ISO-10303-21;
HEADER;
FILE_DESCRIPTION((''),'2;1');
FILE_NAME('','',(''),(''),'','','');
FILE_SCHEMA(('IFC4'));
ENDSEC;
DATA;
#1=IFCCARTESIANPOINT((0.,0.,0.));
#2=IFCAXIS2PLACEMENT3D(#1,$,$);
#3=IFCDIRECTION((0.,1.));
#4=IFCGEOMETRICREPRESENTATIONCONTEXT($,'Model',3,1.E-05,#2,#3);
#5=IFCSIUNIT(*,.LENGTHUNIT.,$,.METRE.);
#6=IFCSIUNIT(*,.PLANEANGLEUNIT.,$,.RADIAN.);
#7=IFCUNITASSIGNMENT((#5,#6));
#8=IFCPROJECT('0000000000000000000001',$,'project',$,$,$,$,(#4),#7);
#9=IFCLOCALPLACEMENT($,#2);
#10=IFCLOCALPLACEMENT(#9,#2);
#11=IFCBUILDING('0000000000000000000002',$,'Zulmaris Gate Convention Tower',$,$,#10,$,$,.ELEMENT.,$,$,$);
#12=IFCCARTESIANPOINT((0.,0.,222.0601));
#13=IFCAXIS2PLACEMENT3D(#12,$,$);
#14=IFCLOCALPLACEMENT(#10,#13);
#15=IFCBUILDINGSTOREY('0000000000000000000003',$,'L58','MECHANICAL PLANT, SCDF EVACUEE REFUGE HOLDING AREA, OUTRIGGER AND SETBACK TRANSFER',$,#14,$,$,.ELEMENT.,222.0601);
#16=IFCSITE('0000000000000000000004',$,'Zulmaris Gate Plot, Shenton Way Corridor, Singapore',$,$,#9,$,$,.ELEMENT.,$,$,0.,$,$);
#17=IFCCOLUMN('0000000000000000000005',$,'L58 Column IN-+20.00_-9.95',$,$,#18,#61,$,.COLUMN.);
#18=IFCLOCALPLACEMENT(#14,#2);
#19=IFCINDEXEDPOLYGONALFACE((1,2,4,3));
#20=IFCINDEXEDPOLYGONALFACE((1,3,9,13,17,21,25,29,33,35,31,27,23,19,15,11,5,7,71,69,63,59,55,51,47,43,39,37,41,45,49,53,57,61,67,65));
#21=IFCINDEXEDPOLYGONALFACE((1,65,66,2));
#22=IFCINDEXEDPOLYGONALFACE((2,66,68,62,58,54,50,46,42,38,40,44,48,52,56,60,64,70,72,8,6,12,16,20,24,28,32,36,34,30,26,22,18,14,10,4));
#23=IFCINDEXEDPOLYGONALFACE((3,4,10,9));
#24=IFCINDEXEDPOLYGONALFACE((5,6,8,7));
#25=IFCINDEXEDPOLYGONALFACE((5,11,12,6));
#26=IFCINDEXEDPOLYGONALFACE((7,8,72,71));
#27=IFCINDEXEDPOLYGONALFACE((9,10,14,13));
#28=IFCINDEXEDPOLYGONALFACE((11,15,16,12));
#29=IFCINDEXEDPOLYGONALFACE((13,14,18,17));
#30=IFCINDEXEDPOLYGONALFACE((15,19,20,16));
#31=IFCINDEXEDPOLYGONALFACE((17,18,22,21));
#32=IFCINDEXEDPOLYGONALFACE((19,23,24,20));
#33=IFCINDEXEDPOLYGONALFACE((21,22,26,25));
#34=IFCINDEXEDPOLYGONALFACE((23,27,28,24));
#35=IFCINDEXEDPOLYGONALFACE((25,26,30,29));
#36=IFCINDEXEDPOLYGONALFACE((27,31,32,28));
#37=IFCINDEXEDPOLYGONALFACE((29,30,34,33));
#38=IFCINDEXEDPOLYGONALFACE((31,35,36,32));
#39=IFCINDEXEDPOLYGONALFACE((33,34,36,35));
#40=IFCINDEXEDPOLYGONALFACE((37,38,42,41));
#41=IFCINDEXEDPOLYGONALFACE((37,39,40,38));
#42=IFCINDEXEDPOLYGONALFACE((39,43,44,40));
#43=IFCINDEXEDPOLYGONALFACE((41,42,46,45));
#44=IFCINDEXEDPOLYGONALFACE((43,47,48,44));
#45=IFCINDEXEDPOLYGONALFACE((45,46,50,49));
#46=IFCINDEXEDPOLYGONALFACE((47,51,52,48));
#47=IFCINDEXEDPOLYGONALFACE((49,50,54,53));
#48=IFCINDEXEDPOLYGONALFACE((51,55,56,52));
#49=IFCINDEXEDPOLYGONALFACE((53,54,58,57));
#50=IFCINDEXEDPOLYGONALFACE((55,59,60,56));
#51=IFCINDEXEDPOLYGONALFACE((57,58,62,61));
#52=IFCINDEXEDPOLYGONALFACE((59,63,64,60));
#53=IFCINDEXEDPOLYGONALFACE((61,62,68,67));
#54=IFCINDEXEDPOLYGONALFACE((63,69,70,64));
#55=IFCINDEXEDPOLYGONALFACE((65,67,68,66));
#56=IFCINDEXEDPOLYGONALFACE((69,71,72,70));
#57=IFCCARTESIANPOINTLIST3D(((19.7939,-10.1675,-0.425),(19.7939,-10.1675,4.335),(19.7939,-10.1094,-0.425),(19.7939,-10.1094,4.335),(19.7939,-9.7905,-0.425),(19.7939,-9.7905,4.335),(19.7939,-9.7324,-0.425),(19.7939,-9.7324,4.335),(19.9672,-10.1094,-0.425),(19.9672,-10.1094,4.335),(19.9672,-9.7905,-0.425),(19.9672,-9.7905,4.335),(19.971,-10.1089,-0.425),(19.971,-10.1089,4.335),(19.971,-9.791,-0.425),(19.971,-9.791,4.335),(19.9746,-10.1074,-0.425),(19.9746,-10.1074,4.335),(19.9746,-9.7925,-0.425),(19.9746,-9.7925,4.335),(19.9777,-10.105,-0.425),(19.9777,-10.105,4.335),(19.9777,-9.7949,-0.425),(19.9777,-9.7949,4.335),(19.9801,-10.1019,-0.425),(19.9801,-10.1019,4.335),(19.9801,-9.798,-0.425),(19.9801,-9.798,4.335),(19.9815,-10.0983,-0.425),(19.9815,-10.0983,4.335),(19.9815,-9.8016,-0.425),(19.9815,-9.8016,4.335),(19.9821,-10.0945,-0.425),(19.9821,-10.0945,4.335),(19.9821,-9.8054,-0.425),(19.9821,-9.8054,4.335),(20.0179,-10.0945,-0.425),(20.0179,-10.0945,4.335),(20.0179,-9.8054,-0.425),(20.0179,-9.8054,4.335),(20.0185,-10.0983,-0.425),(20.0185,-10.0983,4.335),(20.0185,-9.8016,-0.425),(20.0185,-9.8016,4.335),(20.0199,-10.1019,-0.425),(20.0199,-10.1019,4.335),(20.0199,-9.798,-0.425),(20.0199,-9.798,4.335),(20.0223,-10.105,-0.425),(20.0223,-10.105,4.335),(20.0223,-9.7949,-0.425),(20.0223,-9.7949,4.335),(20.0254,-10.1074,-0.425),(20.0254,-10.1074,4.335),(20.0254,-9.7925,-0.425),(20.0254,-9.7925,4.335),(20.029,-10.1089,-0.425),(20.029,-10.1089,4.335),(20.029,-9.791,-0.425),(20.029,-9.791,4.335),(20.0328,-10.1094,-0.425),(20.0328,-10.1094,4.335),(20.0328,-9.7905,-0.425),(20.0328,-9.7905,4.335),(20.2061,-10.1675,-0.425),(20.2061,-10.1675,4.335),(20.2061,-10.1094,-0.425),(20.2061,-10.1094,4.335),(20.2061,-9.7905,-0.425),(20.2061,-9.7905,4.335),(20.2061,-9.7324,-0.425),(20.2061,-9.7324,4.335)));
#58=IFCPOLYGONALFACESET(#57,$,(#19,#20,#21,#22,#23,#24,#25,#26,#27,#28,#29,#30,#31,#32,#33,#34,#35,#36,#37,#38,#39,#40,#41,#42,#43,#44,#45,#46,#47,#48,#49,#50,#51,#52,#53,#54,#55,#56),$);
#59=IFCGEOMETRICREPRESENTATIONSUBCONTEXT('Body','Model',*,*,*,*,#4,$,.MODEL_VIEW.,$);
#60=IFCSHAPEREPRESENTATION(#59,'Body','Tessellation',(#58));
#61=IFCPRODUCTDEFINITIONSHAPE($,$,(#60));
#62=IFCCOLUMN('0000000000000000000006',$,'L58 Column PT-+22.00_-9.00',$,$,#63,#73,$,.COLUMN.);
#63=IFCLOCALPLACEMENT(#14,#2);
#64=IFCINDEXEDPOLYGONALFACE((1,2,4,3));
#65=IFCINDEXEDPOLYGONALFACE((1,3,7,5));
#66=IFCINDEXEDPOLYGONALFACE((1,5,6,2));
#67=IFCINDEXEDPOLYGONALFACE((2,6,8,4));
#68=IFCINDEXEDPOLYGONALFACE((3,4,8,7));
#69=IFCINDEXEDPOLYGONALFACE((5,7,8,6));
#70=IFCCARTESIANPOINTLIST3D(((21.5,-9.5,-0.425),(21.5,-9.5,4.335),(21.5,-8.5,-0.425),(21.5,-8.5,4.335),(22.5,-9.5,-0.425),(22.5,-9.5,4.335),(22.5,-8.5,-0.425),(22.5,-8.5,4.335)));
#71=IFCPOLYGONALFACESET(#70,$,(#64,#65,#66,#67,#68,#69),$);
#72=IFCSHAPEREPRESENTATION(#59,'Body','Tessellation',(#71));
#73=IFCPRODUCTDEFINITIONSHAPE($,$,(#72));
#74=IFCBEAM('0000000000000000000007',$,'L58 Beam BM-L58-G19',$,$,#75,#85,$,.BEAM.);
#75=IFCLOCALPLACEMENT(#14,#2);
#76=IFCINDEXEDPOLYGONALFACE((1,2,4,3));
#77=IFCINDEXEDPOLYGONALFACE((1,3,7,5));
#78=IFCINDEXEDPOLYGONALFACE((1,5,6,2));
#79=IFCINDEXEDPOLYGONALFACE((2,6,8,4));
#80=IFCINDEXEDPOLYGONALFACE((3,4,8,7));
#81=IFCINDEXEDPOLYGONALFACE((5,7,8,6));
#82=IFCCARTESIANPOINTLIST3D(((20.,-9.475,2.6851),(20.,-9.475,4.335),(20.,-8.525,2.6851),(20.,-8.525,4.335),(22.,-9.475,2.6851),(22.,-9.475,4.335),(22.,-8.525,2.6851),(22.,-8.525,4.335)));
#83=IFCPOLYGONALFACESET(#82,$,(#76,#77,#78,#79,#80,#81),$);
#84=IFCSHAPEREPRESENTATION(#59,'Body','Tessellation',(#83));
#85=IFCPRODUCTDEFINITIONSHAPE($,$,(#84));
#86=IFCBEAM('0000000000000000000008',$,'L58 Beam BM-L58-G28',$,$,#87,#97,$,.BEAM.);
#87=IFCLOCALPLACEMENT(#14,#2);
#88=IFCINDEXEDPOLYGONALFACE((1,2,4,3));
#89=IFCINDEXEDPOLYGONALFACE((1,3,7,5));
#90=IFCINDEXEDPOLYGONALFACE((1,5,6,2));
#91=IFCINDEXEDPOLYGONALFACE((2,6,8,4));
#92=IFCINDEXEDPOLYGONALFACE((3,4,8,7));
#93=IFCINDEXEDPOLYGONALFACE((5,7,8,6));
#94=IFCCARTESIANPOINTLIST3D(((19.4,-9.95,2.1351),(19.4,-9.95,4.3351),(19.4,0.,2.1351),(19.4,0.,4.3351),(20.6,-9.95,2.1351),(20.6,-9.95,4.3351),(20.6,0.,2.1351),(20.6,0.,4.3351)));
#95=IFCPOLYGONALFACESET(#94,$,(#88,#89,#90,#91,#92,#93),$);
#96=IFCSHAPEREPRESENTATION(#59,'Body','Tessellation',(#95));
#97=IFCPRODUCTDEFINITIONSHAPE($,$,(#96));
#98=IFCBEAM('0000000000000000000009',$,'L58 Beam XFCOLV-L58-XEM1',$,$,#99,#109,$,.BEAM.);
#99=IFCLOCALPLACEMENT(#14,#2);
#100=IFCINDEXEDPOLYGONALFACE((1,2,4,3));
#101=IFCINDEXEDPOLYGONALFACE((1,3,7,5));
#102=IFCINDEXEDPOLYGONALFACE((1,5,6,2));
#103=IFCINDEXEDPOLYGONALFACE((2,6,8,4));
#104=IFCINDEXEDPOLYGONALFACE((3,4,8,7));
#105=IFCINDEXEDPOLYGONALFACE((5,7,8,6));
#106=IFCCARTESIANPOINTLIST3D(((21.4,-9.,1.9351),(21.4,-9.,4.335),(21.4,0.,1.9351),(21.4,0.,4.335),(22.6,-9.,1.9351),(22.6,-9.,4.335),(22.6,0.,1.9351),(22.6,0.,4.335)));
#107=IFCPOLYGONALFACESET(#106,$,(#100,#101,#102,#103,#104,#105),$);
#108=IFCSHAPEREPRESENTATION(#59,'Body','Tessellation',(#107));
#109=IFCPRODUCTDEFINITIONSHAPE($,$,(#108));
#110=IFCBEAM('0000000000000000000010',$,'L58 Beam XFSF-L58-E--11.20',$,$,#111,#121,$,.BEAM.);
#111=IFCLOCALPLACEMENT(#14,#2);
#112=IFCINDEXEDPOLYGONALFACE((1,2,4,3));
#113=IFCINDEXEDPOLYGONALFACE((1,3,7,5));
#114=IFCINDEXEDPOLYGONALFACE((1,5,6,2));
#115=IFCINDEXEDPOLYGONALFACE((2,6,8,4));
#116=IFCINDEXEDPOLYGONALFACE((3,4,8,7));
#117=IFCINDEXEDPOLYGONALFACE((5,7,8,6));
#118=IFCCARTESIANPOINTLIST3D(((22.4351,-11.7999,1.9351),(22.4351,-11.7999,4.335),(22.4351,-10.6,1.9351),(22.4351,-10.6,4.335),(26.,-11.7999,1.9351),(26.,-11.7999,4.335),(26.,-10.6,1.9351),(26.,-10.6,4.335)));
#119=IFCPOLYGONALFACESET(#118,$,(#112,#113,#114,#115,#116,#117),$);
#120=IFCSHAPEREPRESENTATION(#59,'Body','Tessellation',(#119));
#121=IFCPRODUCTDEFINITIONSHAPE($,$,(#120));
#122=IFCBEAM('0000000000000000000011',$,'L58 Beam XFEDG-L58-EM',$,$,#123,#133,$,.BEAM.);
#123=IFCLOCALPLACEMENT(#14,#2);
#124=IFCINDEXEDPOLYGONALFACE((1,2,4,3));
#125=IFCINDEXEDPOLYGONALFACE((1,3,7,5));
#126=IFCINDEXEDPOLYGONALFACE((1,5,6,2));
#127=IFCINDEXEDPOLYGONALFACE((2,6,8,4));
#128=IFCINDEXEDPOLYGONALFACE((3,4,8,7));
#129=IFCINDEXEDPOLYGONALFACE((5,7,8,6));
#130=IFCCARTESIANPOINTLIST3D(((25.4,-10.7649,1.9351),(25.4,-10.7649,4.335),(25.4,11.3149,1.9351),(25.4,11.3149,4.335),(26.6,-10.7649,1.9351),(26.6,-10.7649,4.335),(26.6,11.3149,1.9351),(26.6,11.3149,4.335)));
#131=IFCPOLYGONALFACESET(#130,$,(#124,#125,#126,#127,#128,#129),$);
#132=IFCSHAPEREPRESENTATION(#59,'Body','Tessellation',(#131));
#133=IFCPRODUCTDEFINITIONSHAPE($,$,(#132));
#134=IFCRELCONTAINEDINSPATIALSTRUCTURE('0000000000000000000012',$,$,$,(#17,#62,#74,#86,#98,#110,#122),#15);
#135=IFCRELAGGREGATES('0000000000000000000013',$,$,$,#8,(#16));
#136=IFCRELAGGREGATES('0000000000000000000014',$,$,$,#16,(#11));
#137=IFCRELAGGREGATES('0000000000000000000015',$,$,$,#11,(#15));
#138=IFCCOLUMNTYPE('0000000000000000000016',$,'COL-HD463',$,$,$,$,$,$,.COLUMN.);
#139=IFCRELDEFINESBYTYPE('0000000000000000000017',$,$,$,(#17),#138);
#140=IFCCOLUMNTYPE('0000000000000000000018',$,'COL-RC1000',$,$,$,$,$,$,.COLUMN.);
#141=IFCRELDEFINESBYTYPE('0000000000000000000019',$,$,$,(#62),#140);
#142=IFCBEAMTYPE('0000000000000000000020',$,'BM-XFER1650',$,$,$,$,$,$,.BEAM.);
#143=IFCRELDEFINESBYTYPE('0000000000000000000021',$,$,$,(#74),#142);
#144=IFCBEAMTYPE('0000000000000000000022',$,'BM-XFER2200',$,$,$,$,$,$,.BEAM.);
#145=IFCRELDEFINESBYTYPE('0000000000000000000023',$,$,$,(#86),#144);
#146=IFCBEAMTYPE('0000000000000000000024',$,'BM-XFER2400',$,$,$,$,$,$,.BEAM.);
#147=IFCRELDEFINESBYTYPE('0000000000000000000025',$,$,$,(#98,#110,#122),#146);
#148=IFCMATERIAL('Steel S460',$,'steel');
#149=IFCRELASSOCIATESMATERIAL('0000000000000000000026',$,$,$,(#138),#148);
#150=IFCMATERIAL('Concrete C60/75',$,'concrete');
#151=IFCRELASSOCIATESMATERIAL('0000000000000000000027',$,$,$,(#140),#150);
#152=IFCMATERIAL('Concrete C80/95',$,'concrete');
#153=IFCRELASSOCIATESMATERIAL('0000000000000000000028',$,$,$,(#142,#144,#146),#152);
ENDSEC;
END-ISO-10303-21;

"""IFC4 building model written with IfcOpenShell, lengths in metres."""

from ifc_helpers import new_model, si_unit, direction, frame, origin, origin_2d, place, context, subcontext, project, spatial, rectangle, i_section, extrude, material, material_profile, profile_set, type_object, element, save


model = new_model("IFC4")

# Units and contexts
model_context = context("Model", 3, precision=1e-05, world=origin(), true_north=direction((0.0, 1.0)))
body_context = subcontext(model_context, "Body", "Model", "MODEL_VIEW")
ifc_project = project(units=[si_unit("LENGTHUNIT", "METRE"), si_unit("PLANEANGLEUNIT", "RADIAN")], contexts=[model_context])

# Site, building, storey
site_placement = place(None, origin())
site = spatial("IfcSite", under=ifc_project, at=site_placement, Name="Zulmaris Gate Plot, Shenton Way Corridor, Singapore", CompositionType="ELEMENT", RefElevation=0.0)
building_placement = place(site_placement, origin())
building = spatial("IfcBuilding", under=site, at=building_placement, Name="Zulmaris Gate Convention Tower", CompositionType="ELEMENT")
storey_placement = place(building_placement, frame((0.0, 0.0, 222.0601)))
storey = spatial("IfcBuildingStorey", under=building, at=storey_placement, Name="L58", Description="MECHANICAL PLANT, SCDF EVACUEE REFUGE HOLDING AREA, OUTRIGGER AND SETBACK TRANSFER", CompositionType="ELEMENT", Elevation=222.0601)

# Columns
ifc_material_1 = material(Name="Steel S460", Category="steel")
ifc_material_profile_1 = material_profile(ifc_material_1, i_section(OverallWidth=0.4121, OverallDepth=0.4351, WebThickness=0.0359, FlangeThickness=0.0581, FilletRadius=0.0149, at=origin_2d()), Name="HD 400x463")
ifc_profile_set_1 = profile_set([ifc_material_profile_1], Name="Steel S460")
column_type_1 = type_object("IfcColumnType", Name="COL-HD463", PredefinedType="COLUMN", material=ifc_profile_set_1)
column_1_placement = place(storey_placement, frame((20.0, -9.95, -0.425), z_axis=(0.0, 0.0, 1.0), x_axis=(1.0, 0.0, 0.0)))
element("IfcColumn", 1, at=column_1_placement, inside=storey, type_object=column_type_1, Name="L58 Column IN-+20.00_-9.95", PredefinedType="COLUMN", context=body_context, shape_type="SweptSolid", body=[
    extrude(i_section(OverallWidth=0.4121, OverallDepth=0.4351, WebThickness=0.0359, FlangeThickness=0.0581, FilletRadius=0.0149, at=origin_2d()), origin(), (0.0, 0.0, 1.0), 4.76),
])
ifc_material_2 = material(Name="Concrete C60/75", Category="concrete")
ifc_material_profile_2 = material_profile(ifc_material_2, rectangle(XDim=1.0, YDim=1.0, at=origin_2d()), Name="RC COL 1000x1000")
ifc_profile_set_2 = profile_set([ifc_material_profile_2], Name="Concrete C60/75")
column_type_2 = type_object("IfcColumnType", Name="COL-RC1000", PredefinedType="COLUMN", material=ifc_profile_set_2)
column_2_placement = place(storey_placement, frame((22.0, -9.0, -0.425), z_axis=(0.0, 0.0, 1.0), x_axis=(1.0, 0.0, 0.0)))
element("IfcColumn", 2, at=column_2_placement, inside=storey, type_object=column_type_2, Name="L58 Column PT-+22.00_-9.00", PredefinedType="COLUMN", context=body_context, shape_type="SweptSolid", body=[
    extrude(rectangle(XDim=1.0, YDim=1.0, at=origin_2d()), origin(), (0.0, 0.0, 1.0), 4.76),
])

# Beams
ifc_material_3 = material(Name="Concrete C80/95", Category="concrete")
ifc_material_profile_3 = material_profile(ifc_material_3, rectangle(XDim=0.95, YDim=1.6499, at=origin_2d()), Name="RC TRANSFER 950x1650")
ifc_profile_set_3 = profile_set([ifc_material_profile_3], Name="Concrete C80/95")
beam_type_1 = type_object("IfcBeamType", Name="BM-XFER1650", PredefinedType="BEAM", material=ifc_profile_set_3)
beam_1_placement = place(storey_placement, frame((20.0, -9.0, 3.51), z_axis=(1.0, 0.0, 0.0), x_axis=(0.0, 1.0, 0.0)))
element("IfcBeam", 3, at=beam_1_placement, inside=storey, type_object=beam_type_1, Name="L58 Beam BM-L58-G19", PredefinedType="BEAM", context=body_context, shape_type="SweptSolid", body=[
    extrude(rectangle(XDim=0.95, YDim=1.6499, at=origin_2d()), origin(), (0.0, 0.0, 1.0), 2.0),
])
ifc_material_profile_4 = material_profile(ifc_material_3, rectangle(XDim=1.2, YDim=2.2, at=origin_2d()), Name="RC TRANSFER 1200x2200")
ifc_profile_set_4 = profile_set([ifc_material_profile_4], Name="Concrete C80/95")
beam_type_2 = type_object("IfcBeamType", Name="BM-XFER2200", PredefinedType="BEAM", material=ifc_profile_set_4)
beam_2_placement = place(storey_placement, frame((20.0, -9.95, 3.2351), z_axis=(0.0, 1.0, 0.0), x_axis=(-1.0, 0.0, 0.0)))
element("IfcBeam", 4, at=beam_2_placement, inside=storey, type_object=beam_type_2, Name="L58 Beam BM-L58-G28", PredefinedType="BEAM", context=body_context, shape_type="SweptSolid", body=[
    extrude(rectangle(XDim=1.2, YDim=2.2, at=origin_2d()), origin(), (0.0, 0.0, 1.0), 9.95),
])
ifc_material_profile_5 = material_profile(ifc_material_3, rectangle(XDim=1.2, YDim=2.3999, at=origin_2d()), Name="RC TRANSFER 1200x2400")
ifc_profile_set_5 = profile_set([ifc_material_profile_5], Name="Concrete C80/95")
beam_type_3 = type_object("IfcBeamType", Name="BM-XFER2400", PredefinedType="BEAM", material=ifc_profile_set_5)
beam_3_placement = place(storey_placement, frame((22.0, -9.0, 3.135), z_axis=(0.0, 1.0, 0.0), x_axis=(-1.0, 0.0, 0.0)))
element("IfcBeam", 5, at=beam_3_placement, inside=storey, type_object=beam_type_3, Name="L58 Beam XFCOLV-L58-XEM1", PredefinedType="BEAM", context=body_context, shape_type="SweptSolid", body=[
    extrude(rectangle(XDim=1.2, YDim=2.3999, at=origin_2d()), origin(), (0.0, 0.0, 1.0), 9.0),
])
beam_4_placement = place(storey_placement, frame((22.4351, -11.2, 3.135), z_axis=(1.0, 0.0, 0.0), x_axis=(0.0, 1.0, 0.0)))
element("IfcBeam", 6, at=beam_4_placement, inside=storey, type_object=beam_type_3, Name="L58 Beam XFSF-L58-E--11.20", PredefinedType="BEAM", context=body_context, shape_type="SweptSolid", body=[
    extrude(rectangle(XDim=1.2, YDim=2.3999, at=origin_2d()), origin(), (0.0, 0.0, 1.0), 3.5649),
])
beam_5_placement = place(storey_placement, frame((26.0, -10.7649, 3.135), z_axis=(0.0, 1.0, 0.0), x_axis=(-1.0, 0.0, 0.0)))
element("IfcBeam", 7, at=beam_5_placement, inside=storey, type_object=beam_type_3, Name="L58 Beam XFEDG-L58-EM", PredefinedType="BEAM", context=body_context, shape_type="SweptSolid", body=[
    extrude(rectangle(XDim=1.2, YDim=2.3999, at=origin_2d()), origin(), (0.0, 0.0, 1.0), 22.0798),
])

save(model, "model.ifc")
